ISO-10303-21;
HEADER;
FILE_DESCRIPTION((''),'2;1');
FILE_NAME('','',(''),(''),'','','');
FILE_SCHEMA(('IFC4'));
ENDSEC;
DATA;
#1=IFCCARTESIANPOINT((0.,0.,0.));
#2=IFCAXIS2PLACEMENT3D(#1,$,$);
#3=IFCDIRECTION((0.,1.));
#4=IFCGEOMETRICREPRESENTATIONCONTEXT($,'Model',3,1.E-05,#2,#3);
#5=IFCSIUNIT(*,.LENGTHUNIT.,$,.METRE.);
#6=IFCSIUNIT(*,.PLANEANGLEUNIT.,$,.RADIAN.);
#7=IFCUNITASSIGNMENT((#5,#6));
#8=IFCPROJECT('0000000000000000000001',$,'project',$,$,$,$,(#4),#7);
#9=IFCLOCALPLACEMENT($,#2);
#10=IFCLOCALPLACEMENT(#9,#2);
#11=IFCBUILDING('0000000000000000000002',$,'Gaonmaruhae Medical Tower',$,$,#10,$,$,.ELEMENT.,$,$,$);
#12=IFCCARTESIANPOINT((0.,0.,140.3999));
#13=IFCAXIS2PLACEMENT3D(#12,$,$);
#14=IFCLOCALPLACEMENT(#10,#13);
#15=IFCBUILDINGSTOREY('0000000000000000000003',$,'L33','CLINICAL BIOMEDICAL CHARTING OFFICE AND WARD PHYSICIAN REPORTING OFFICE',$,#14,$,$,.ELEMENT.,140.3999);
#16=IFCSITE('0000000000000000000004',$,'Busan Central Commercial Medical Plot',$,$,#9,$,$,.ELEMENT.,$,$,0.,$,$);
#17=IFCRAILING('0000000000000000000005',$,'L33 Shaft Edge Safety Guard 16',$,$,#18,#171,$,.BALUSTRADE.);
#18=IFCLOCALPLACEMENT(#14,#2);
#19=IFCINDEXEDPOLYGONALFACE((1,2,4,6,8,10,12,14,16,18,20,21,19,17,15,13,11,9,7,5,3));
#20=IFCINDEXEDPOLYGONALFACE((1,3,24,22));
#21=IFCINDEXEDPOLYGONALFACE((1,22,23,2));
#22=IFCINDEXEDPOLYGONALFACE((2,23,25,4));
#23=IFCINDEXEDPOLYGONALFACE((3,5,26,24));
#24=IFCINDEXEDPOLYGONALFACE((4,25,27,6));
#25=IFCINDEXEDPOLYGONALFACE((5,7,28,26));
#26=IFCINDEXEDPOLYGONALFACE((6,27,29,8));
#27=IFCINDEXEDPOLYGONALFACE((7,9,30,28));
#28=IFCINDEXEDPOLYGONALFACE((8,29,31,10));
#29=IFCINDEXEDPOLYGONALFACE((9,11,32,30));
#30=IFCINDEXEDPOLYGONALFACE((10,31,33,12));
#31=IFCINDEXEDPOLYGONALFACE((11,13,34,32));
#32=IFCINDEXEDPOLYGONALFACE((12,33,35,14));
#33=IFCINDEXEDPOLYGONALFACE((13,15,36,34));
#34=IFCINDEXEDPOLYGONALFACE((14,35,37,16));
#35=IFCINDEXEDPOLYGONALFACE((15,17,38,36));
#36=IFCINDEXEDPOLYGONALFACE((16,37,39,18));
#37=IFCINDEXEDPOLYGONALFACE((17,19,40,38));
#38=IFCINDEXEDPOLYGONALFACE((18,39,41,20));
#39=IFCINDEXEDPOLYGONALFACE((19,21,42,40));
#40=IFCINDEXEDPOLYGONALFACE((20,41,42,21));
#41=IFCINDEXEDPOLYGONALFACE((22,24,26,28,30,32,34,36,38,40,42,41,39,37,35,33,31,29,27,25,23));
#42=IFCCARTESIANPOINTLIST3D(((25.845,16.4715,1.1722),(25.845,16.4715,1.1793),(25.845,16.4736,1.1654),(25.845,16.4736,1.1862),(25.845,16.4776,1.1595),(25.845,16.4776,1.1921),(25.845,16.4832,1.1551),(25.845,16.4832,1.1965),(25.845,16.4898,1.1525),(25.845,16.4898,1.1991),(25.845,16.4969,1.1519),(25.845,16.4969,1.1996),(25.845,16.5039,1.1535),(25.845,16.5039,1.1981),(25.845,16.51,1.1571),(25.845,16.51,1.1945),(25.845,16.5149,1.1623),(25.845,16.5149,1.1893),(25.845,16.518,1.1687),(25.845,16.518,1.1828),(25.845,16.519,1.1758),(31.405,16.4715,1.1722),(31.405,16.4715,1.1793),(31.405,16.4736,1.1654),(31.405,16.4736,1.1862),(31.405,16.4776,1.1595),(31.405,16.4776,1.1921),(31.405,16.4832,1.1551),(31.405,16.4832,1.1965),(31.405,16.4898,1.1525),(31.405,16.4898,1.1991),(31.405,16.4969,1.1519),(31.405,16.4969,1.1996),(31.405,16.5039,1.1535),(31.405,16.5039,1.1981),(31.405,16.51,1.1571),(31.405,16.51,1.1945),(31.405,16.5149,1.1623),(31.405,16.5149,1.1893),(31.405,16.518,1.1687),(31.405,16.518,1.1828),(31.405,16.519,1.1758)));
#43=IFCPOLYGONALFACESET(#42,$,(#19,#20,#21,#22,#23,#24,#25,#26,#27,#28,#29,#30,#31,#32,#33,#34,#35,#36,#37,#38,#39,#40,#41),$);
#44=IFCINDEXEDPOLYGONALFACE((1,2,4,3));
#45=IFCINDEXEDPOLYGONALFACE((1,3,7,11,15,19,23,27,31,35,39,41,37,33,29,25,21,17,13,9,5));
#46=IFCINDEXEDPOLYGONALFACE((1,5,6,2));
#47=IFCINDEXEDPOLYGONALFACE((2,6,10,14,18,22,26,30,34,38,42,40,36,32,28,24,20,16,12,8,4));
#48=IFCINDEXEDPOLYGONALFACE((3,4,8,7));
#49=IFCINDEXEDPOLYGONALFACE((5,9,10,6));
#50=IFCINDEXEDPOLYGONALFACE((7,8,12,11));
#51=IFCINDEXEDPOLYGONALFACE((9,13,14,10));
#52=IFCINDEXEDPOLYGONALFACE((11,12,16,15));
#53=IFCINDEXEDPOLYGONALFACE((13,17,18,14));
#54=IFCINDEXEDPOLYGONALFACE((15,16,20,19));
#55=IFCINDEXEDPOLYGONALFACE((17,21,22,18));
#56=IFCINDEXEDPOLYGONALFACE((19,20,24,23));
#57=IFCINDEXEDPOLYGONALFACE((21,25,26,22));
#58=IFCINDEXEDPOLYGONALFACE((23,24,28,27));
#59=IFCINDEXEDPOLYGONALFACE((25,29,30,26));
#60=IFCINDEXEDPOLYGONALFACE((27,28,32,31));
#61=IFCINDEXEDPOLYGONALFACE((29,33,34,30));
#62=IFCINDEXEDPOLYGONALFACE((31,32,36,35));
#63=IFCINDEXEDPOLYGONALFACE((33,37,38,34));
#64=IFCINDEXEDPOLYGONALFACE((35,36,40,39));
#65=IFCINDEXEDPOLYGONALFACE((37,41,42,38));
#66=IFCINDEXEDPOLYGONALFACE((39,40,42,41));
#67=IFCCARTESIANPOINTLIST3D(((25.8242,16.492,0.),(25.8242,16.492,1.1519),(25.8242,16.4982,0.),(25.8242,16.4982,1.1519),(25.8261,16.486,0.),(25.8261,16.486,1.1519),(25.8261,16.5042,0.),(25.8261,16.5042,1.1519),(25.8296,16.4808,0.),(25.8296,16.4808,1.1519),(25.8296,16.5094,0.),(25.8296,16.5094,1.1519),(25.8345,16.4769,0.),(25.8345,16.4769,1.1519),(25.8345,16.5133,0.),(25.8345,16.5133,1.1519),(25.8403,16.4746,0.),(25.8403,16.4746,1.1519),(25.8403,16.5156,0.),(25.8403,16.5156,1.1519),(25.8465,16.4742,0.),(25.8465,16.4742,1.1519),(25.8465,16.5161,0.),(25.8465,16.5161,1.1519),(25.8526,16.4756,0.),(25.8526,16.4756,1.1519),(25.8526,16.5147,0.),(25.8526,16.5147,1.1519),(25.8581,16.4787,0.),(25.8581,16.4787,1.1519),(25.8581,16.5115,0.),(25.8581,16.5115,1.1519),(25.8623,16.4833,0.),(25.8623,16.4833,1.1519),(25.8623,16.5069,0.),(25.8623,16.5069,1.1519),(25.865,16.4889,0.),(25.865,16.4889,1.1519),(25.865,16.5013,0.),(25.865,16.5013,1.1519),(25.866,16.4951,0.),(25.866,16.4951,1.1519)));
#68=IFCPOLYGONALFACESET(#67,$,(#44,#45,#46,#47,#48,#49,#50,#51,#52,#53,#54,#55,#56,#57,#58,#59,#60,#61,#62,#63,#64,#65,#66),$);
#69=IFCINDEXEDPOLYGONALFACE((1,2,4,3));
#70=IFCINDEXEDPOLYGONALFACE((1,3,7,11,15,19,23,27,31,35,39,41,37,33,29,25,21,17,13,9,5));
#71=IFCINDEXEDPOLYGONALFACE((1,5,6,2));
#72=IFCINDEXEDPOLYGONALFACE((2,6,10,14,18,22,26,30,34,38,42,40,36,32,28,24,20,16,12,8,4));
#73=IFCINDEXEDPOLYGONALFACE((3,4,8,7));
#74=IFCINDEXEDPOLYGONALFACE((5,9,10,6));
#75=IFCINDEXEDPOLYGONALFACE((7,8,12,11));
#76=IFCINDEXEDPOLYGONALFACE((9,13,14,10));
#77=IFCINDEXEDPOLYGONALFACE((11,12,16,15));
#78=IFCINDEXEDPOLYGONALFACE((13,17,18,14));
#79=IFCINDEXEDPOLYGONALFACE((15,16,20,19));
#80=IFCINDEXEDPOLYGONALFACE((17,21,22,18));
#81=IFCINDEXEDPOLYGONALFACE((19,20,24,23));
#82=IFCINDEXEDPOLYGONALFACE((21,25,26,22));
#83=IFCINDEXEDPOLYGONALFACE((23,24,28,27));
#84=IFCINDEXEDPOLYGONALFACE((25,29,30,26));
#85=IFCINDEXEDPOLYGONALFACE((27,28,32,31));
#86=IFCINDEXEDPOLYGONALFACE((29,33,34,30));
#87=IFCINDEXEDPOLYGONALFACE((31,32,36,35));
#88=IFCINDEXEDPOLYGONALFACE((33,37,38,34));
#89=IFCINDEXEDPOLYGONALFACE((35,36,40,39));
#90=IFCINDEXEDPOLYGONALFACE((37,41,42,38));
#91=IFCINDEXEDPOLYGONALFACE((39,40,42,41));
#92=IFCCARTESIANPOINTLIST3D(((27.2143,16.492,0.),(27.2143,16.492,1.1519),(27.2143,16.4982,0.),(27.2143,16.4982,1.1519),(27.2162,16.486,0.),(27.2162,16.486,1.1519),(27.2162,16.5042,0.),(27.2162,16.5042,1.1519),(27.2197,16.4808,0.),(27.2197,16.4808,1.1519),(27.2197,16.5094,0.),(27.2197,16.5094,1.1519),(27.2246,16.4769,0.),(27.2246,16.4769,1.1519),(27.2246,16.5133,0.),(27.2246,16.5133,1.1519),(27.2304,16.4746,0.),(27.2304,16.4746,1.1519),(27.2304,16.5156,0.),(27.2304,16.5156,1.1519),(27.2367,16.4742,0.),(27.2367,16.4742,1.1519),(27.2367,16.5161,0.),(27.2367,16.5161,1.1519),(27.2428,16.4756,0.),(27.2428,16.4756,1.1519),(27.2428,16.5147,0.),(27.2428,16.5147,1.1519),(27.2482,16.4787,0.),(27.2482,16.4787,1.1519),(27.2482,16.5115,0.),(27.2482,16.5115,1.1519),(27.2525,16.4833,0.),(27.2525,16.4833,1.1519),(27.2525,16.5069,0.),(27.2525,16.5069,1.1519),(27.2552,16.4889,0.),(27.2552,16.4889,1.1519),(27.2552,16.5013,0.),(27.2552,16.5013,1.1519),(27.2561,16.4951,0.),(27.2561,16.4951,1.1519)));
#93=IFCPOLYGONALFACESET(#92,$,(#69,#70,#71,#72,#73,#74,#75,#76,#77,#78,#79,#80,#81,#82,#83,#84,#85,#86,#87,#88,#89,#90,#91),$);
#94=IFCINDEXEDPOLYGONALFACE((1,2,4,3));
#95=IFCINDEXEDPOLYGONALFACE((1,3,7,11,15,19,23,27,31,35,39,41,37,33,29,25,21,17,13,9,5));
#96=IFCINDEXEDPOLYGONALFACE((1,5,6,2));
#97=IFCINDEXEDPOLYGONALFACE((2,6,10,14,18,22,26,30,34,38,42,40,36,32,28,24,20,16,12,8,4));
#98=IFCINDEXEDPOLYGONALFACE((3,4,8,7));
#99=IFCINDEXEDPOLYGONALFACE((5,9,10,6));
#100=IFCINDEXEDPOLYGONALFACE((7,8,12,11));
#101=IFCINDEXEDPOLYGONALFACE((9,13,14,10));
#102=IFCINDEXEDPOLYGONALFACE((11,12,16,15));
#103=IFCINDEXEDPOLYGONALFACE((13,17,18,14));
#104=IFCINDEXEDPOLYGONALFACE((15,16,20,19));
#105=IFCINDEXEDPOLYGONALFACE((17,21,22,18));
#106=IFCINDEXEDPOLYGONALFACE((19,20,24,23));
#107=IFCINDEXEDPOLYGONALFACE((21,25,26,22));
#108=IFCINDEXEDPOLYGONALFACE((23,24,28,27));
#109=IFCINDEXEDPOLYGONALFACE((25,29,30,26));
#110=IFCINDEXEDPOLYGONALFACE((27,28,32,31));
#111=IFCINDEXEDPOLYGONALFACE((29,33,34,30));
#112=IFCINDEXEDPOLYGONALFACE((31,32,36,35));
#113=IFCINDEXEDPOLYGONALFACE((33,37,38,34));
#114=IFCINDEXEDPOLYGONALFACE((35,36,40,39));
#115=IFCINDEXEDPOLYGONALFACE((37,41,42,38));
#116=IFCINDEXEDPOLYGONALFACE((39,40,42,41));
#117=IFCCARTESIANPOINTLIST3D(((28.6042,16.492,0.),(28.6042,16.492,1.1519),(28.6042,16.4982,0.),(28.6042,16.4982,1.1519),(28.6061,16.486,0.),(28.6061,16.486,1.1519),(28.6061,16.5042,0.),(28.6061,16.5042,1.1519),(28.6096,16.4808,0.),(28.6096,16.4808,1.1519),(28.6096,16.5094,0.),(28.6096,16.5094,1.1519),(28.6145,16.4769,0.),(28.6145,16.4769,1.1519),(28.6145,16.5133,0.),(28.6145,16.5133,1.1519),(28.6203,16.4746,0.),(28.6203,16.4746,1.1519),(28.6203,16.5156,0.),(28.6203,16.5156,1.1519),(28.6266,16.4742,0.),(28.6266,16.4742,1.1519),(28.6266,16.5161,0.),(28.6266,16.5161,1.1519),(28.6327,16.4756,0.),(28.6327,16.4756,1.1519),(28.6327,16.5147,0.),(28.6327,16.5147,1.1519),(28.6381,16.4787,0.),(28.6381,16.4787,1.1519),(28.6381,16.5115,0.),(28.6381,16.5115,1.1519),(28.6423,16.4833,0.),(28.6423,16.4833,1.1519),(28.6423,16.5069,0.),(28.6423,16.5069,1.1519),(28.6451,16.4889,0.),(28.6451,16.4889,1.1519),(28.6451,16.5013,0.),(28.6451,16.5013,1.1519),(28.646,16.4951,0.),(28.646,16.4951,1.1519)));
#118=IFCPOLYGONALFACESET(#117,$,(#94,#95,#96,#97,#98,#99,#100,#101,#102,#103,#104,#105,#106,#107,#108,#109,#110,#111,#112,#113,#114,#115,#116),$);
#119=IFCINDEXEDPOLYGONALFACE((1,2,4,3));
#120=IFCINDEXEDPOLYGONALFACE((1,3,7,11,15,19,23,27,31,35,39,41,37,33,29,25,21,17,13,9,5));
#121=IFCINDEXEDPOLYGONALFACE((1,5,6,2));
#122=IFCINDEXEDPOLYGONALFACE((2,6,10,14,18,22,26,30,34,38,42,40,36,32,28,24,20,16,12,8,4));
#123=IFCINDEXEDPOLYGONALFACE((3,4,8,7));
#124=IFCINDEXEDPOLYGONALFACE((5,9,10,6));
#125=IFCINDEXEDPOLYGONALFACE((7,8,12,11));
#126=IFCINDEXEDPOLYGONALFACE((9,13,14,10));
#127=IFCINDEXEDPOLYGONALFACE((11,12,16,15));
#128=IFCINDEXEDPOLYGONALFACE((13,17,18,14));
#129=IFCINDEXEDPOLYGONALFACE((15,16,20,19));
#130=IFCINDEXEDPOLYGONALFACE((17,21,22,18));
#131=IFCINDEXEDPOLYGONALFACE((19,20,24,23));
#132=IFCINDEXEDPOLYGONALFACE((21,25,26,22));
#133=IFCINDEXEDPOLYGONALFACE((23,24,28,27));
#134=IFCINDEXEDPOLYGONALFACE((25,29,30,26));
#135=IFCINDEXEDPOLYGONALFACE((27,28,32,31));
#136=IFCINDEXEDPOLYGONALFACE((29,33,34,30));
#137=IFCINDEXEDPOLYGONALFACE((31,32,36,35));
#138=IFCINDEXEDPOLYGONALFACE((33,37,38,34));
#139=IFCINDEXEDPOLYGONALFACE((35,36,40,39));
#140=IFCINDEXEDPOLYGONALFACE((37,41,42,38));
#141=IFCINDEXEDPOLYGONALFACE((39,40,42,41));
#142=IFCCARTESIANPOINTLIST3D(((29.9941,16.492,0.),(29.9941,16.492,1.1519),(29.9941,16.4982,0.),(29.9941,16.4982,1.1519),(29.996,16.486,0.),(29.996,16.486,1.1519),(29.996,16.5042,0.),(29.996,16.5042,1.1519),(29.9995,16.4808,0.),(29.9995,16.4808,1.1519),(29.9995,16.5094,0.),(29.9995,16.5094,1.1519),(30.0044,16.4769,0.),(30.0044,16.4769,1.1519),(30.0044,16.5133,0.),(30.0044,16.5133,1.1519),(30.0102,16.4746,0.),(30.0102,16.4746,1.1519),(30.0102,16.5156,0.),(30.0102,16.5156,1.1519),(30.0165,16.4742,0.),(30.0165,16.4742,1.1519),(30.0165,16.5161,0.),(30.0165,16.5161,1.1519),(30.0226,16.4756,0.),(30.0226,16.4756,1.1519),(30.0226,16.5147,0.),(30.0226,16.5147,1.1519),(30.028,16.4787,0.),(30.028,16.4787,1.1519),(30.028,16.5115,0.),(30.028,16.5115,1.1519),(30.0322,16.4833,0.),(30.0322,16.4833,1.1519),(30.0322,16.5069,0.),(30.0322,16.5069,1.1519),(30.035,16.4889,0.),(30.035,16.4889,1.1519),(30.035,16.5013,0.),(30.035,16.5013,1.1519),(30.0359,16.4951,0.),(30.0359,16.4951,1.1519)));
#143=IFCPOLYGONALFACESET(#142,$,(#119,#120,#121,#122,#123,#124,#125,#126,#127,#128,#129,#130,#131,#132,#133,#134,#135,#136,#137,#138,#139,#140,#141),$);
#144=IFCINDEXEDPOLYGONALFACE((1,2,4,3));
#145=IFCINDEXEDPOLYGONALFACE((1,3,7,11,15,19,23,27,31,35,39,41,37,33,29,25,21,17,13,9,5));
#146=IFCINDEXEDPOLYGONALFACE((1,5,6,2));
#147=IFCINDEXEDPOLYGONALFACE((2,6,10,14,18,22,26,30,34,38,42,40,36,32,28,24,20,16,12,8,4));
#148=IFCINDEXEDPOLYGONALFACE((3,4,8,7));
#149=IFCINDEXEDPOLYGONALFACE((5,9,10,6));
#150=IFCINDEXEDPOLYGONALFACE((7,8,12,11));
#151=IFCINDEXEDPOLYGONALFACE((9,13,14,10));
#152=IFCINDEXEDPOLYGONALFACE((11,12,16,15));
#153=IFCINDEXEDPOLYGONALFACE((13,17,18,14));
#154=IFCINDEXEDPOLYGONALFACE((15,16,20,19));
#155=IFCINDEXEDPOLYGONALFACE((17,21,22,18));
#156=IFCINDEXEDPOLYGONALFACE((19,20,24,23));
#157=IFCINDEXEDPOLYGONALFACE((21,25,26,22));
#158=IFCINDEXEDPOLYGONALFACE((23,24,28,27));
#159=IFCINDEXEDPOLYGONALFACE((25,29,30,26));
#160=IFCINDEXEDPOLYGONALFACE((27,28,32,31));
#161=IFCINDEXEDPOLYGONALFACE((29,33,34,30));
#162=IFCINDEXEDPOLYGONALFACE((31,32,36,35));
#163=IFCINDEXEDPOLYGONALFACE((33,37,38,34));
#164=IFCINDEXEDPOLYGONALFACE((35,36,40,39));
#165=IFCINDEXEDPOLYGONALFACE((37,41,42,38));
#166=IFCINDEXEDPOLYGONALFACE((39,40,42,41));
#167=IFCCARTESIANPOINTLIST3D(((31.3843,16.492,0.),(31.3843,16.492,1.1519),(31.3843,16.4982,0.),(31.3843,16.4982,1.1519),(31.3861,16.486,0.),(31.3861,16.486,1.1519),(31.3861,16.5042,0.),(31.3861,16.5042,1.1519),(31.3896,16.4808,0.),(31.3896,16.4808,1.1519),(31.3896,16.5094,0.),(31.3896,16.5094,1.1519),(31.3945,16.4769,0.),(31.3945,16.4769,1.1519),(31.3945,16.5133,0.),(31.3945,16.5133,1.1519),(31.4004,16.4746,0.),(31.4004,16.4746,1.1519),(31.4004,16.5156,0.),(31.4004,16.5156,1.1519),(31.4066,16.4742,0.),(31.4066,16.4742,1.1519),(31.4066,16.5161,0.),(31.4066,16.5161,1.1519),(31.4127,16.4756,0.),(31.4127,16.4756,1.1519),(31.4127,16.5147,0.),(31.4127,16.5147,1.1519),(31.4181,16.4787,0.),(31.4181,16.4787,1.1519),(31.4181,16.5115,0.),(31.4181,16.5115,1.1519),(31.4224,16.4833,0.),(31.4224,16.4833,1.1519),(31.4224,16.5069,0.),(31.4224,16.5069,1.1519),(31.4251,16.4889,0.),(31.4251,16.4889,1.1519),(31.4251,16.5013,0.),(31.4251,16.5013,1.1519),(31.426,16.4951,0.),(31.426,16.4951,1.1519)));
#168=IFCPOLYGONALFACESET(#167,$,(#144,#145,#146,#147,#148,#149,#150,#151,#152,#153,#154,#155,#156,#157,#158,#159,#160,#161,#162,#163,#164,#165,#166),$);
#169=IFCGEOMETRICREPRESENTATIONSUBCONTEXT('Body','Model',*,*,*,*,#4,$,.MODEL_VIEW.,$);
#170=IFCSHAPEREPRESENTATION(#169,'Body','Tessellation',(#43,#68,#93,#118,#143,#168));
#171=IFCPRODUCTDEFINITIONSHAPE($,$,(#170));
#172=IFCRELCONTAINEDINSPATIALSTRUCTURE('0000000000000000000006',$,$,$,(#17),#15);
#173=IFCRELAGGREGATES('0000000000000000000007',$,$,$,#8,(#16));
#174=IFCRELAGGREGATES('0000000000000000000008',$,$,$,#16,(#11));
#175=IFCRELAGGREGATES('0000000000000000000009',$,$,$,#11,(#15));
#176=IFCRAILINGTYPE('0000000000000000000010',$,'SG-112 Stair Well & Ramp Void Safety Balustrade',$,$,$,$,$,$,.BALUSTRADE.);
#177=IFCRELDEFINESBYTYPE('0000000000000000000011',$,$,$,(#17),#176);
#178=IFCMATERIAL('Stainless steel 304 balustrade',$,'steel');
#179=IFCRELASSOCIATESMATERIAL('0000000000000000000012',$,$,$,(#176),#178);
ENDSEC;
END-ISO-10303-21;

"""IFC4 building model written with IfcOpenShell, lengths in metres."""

from ifc_helpers import new_model, si_unit, direction, frame, origin, origin_2d, place, context, subcontext, project, spatial, circle, extrude, material, type_object, element, save


model = new_model("IFC4")

# Units and contexts
model_context = context("Model", 3, precision=1e-05, world=origin(), true_north=direction((0.0, 1.0)))
body_context = subcontext(model_context, "Body", "Model", "MODEL_VIEW")
ifc_project = project(units=[si_unit("LENGTHUNIT", "METRE"), si_unit("PLANEANGLEUNIT", "RADIAN")], contexts=[model_context])

# Site, building, storey
site_placement = place(None, origin())
site = spatial("IfcSite", under=ifc_project, at=site_placement, Name="Busan Central Commercial Medical Plot", CompositionType="ELEMENT", RefElevation=0.0)
building_placement = place(site_placement, origin())
building = spatial("IfcBuilding", under=site, at=building_placement, Name="Gaonmaruhae Medical Tower", CompositionType="ELEMENT")
storey_placement = place(building_placement, frame((0.0, 0.0, 140.3999)))
storey = spatial("IfcBuildingStorey", under=building, at=storey_placement, Name="L33", Description="CLINICAL BIOMEDICAL CHARTING OFFICE AND WARD PHYSICIAN REPORTING OFFICE", CompositionType="ELEMENT", Elevation=140.3999)

# Railing
ifc_material_1 = material(Name="Stainless steel 304 balustrade", Category="steel")
railing_type_1 = type_object("IfcRailingType", Name="SG-112 Stair Well & Ramp Void Safety Balustrade", PredefinedType="BALUSTRADE", material=ifc_material_1)
railing_1_placement = place(storey_placement, frame((25.845, 16.4951, 0.0)))
element("IfcRailing", 1, at=railing_1_placement, inside=storey, type_object=railing_type_1, Name="L33 Shaft Edge Safety Guard 16", PredefinedType="BALUSTRADE", context=body_context, shape_type="SweptSolid", body=[
    extrude(circle(Radius=0.0239, at=origin_2d()), frame((0.0, 0.0, 1.1758), z_axis=(1.0, 0.0, 0.0), x_axis=(0.0, 1.0, 0.0)), (0.0, 0.0, 1.0), 5.5601),
    extrude(circle(Radius=0.021, at=origin_2d()), origin(), (0.0, 0.0, 1.0), 1.1519),
    extrude(circle(Radius=0.021, at=origin_2d()), frame((1.3901, 0.0, 0.0)), (0.0, 0.0, 1.0), 1.1519),
    extrude(circle(Radius=0.021, at=origin_2d()), frame((2.78, 0.0, 0.0)), (0.0, 0.0, 1.0), 1.1519),
    extrude(circle(Radius=0.021, at=origin_2d()), frame((4.1699, 0.0, 0.0)), (0.0, 0.0, 1.0), 1.1519),
    extrude(circle(Radius=0.021, at=origin_2d()), frame((5.5601, 0.0, 0.0)), (0.0, 0.0, 1.0), 1.1519),
])

save(model, "model.ifc")
